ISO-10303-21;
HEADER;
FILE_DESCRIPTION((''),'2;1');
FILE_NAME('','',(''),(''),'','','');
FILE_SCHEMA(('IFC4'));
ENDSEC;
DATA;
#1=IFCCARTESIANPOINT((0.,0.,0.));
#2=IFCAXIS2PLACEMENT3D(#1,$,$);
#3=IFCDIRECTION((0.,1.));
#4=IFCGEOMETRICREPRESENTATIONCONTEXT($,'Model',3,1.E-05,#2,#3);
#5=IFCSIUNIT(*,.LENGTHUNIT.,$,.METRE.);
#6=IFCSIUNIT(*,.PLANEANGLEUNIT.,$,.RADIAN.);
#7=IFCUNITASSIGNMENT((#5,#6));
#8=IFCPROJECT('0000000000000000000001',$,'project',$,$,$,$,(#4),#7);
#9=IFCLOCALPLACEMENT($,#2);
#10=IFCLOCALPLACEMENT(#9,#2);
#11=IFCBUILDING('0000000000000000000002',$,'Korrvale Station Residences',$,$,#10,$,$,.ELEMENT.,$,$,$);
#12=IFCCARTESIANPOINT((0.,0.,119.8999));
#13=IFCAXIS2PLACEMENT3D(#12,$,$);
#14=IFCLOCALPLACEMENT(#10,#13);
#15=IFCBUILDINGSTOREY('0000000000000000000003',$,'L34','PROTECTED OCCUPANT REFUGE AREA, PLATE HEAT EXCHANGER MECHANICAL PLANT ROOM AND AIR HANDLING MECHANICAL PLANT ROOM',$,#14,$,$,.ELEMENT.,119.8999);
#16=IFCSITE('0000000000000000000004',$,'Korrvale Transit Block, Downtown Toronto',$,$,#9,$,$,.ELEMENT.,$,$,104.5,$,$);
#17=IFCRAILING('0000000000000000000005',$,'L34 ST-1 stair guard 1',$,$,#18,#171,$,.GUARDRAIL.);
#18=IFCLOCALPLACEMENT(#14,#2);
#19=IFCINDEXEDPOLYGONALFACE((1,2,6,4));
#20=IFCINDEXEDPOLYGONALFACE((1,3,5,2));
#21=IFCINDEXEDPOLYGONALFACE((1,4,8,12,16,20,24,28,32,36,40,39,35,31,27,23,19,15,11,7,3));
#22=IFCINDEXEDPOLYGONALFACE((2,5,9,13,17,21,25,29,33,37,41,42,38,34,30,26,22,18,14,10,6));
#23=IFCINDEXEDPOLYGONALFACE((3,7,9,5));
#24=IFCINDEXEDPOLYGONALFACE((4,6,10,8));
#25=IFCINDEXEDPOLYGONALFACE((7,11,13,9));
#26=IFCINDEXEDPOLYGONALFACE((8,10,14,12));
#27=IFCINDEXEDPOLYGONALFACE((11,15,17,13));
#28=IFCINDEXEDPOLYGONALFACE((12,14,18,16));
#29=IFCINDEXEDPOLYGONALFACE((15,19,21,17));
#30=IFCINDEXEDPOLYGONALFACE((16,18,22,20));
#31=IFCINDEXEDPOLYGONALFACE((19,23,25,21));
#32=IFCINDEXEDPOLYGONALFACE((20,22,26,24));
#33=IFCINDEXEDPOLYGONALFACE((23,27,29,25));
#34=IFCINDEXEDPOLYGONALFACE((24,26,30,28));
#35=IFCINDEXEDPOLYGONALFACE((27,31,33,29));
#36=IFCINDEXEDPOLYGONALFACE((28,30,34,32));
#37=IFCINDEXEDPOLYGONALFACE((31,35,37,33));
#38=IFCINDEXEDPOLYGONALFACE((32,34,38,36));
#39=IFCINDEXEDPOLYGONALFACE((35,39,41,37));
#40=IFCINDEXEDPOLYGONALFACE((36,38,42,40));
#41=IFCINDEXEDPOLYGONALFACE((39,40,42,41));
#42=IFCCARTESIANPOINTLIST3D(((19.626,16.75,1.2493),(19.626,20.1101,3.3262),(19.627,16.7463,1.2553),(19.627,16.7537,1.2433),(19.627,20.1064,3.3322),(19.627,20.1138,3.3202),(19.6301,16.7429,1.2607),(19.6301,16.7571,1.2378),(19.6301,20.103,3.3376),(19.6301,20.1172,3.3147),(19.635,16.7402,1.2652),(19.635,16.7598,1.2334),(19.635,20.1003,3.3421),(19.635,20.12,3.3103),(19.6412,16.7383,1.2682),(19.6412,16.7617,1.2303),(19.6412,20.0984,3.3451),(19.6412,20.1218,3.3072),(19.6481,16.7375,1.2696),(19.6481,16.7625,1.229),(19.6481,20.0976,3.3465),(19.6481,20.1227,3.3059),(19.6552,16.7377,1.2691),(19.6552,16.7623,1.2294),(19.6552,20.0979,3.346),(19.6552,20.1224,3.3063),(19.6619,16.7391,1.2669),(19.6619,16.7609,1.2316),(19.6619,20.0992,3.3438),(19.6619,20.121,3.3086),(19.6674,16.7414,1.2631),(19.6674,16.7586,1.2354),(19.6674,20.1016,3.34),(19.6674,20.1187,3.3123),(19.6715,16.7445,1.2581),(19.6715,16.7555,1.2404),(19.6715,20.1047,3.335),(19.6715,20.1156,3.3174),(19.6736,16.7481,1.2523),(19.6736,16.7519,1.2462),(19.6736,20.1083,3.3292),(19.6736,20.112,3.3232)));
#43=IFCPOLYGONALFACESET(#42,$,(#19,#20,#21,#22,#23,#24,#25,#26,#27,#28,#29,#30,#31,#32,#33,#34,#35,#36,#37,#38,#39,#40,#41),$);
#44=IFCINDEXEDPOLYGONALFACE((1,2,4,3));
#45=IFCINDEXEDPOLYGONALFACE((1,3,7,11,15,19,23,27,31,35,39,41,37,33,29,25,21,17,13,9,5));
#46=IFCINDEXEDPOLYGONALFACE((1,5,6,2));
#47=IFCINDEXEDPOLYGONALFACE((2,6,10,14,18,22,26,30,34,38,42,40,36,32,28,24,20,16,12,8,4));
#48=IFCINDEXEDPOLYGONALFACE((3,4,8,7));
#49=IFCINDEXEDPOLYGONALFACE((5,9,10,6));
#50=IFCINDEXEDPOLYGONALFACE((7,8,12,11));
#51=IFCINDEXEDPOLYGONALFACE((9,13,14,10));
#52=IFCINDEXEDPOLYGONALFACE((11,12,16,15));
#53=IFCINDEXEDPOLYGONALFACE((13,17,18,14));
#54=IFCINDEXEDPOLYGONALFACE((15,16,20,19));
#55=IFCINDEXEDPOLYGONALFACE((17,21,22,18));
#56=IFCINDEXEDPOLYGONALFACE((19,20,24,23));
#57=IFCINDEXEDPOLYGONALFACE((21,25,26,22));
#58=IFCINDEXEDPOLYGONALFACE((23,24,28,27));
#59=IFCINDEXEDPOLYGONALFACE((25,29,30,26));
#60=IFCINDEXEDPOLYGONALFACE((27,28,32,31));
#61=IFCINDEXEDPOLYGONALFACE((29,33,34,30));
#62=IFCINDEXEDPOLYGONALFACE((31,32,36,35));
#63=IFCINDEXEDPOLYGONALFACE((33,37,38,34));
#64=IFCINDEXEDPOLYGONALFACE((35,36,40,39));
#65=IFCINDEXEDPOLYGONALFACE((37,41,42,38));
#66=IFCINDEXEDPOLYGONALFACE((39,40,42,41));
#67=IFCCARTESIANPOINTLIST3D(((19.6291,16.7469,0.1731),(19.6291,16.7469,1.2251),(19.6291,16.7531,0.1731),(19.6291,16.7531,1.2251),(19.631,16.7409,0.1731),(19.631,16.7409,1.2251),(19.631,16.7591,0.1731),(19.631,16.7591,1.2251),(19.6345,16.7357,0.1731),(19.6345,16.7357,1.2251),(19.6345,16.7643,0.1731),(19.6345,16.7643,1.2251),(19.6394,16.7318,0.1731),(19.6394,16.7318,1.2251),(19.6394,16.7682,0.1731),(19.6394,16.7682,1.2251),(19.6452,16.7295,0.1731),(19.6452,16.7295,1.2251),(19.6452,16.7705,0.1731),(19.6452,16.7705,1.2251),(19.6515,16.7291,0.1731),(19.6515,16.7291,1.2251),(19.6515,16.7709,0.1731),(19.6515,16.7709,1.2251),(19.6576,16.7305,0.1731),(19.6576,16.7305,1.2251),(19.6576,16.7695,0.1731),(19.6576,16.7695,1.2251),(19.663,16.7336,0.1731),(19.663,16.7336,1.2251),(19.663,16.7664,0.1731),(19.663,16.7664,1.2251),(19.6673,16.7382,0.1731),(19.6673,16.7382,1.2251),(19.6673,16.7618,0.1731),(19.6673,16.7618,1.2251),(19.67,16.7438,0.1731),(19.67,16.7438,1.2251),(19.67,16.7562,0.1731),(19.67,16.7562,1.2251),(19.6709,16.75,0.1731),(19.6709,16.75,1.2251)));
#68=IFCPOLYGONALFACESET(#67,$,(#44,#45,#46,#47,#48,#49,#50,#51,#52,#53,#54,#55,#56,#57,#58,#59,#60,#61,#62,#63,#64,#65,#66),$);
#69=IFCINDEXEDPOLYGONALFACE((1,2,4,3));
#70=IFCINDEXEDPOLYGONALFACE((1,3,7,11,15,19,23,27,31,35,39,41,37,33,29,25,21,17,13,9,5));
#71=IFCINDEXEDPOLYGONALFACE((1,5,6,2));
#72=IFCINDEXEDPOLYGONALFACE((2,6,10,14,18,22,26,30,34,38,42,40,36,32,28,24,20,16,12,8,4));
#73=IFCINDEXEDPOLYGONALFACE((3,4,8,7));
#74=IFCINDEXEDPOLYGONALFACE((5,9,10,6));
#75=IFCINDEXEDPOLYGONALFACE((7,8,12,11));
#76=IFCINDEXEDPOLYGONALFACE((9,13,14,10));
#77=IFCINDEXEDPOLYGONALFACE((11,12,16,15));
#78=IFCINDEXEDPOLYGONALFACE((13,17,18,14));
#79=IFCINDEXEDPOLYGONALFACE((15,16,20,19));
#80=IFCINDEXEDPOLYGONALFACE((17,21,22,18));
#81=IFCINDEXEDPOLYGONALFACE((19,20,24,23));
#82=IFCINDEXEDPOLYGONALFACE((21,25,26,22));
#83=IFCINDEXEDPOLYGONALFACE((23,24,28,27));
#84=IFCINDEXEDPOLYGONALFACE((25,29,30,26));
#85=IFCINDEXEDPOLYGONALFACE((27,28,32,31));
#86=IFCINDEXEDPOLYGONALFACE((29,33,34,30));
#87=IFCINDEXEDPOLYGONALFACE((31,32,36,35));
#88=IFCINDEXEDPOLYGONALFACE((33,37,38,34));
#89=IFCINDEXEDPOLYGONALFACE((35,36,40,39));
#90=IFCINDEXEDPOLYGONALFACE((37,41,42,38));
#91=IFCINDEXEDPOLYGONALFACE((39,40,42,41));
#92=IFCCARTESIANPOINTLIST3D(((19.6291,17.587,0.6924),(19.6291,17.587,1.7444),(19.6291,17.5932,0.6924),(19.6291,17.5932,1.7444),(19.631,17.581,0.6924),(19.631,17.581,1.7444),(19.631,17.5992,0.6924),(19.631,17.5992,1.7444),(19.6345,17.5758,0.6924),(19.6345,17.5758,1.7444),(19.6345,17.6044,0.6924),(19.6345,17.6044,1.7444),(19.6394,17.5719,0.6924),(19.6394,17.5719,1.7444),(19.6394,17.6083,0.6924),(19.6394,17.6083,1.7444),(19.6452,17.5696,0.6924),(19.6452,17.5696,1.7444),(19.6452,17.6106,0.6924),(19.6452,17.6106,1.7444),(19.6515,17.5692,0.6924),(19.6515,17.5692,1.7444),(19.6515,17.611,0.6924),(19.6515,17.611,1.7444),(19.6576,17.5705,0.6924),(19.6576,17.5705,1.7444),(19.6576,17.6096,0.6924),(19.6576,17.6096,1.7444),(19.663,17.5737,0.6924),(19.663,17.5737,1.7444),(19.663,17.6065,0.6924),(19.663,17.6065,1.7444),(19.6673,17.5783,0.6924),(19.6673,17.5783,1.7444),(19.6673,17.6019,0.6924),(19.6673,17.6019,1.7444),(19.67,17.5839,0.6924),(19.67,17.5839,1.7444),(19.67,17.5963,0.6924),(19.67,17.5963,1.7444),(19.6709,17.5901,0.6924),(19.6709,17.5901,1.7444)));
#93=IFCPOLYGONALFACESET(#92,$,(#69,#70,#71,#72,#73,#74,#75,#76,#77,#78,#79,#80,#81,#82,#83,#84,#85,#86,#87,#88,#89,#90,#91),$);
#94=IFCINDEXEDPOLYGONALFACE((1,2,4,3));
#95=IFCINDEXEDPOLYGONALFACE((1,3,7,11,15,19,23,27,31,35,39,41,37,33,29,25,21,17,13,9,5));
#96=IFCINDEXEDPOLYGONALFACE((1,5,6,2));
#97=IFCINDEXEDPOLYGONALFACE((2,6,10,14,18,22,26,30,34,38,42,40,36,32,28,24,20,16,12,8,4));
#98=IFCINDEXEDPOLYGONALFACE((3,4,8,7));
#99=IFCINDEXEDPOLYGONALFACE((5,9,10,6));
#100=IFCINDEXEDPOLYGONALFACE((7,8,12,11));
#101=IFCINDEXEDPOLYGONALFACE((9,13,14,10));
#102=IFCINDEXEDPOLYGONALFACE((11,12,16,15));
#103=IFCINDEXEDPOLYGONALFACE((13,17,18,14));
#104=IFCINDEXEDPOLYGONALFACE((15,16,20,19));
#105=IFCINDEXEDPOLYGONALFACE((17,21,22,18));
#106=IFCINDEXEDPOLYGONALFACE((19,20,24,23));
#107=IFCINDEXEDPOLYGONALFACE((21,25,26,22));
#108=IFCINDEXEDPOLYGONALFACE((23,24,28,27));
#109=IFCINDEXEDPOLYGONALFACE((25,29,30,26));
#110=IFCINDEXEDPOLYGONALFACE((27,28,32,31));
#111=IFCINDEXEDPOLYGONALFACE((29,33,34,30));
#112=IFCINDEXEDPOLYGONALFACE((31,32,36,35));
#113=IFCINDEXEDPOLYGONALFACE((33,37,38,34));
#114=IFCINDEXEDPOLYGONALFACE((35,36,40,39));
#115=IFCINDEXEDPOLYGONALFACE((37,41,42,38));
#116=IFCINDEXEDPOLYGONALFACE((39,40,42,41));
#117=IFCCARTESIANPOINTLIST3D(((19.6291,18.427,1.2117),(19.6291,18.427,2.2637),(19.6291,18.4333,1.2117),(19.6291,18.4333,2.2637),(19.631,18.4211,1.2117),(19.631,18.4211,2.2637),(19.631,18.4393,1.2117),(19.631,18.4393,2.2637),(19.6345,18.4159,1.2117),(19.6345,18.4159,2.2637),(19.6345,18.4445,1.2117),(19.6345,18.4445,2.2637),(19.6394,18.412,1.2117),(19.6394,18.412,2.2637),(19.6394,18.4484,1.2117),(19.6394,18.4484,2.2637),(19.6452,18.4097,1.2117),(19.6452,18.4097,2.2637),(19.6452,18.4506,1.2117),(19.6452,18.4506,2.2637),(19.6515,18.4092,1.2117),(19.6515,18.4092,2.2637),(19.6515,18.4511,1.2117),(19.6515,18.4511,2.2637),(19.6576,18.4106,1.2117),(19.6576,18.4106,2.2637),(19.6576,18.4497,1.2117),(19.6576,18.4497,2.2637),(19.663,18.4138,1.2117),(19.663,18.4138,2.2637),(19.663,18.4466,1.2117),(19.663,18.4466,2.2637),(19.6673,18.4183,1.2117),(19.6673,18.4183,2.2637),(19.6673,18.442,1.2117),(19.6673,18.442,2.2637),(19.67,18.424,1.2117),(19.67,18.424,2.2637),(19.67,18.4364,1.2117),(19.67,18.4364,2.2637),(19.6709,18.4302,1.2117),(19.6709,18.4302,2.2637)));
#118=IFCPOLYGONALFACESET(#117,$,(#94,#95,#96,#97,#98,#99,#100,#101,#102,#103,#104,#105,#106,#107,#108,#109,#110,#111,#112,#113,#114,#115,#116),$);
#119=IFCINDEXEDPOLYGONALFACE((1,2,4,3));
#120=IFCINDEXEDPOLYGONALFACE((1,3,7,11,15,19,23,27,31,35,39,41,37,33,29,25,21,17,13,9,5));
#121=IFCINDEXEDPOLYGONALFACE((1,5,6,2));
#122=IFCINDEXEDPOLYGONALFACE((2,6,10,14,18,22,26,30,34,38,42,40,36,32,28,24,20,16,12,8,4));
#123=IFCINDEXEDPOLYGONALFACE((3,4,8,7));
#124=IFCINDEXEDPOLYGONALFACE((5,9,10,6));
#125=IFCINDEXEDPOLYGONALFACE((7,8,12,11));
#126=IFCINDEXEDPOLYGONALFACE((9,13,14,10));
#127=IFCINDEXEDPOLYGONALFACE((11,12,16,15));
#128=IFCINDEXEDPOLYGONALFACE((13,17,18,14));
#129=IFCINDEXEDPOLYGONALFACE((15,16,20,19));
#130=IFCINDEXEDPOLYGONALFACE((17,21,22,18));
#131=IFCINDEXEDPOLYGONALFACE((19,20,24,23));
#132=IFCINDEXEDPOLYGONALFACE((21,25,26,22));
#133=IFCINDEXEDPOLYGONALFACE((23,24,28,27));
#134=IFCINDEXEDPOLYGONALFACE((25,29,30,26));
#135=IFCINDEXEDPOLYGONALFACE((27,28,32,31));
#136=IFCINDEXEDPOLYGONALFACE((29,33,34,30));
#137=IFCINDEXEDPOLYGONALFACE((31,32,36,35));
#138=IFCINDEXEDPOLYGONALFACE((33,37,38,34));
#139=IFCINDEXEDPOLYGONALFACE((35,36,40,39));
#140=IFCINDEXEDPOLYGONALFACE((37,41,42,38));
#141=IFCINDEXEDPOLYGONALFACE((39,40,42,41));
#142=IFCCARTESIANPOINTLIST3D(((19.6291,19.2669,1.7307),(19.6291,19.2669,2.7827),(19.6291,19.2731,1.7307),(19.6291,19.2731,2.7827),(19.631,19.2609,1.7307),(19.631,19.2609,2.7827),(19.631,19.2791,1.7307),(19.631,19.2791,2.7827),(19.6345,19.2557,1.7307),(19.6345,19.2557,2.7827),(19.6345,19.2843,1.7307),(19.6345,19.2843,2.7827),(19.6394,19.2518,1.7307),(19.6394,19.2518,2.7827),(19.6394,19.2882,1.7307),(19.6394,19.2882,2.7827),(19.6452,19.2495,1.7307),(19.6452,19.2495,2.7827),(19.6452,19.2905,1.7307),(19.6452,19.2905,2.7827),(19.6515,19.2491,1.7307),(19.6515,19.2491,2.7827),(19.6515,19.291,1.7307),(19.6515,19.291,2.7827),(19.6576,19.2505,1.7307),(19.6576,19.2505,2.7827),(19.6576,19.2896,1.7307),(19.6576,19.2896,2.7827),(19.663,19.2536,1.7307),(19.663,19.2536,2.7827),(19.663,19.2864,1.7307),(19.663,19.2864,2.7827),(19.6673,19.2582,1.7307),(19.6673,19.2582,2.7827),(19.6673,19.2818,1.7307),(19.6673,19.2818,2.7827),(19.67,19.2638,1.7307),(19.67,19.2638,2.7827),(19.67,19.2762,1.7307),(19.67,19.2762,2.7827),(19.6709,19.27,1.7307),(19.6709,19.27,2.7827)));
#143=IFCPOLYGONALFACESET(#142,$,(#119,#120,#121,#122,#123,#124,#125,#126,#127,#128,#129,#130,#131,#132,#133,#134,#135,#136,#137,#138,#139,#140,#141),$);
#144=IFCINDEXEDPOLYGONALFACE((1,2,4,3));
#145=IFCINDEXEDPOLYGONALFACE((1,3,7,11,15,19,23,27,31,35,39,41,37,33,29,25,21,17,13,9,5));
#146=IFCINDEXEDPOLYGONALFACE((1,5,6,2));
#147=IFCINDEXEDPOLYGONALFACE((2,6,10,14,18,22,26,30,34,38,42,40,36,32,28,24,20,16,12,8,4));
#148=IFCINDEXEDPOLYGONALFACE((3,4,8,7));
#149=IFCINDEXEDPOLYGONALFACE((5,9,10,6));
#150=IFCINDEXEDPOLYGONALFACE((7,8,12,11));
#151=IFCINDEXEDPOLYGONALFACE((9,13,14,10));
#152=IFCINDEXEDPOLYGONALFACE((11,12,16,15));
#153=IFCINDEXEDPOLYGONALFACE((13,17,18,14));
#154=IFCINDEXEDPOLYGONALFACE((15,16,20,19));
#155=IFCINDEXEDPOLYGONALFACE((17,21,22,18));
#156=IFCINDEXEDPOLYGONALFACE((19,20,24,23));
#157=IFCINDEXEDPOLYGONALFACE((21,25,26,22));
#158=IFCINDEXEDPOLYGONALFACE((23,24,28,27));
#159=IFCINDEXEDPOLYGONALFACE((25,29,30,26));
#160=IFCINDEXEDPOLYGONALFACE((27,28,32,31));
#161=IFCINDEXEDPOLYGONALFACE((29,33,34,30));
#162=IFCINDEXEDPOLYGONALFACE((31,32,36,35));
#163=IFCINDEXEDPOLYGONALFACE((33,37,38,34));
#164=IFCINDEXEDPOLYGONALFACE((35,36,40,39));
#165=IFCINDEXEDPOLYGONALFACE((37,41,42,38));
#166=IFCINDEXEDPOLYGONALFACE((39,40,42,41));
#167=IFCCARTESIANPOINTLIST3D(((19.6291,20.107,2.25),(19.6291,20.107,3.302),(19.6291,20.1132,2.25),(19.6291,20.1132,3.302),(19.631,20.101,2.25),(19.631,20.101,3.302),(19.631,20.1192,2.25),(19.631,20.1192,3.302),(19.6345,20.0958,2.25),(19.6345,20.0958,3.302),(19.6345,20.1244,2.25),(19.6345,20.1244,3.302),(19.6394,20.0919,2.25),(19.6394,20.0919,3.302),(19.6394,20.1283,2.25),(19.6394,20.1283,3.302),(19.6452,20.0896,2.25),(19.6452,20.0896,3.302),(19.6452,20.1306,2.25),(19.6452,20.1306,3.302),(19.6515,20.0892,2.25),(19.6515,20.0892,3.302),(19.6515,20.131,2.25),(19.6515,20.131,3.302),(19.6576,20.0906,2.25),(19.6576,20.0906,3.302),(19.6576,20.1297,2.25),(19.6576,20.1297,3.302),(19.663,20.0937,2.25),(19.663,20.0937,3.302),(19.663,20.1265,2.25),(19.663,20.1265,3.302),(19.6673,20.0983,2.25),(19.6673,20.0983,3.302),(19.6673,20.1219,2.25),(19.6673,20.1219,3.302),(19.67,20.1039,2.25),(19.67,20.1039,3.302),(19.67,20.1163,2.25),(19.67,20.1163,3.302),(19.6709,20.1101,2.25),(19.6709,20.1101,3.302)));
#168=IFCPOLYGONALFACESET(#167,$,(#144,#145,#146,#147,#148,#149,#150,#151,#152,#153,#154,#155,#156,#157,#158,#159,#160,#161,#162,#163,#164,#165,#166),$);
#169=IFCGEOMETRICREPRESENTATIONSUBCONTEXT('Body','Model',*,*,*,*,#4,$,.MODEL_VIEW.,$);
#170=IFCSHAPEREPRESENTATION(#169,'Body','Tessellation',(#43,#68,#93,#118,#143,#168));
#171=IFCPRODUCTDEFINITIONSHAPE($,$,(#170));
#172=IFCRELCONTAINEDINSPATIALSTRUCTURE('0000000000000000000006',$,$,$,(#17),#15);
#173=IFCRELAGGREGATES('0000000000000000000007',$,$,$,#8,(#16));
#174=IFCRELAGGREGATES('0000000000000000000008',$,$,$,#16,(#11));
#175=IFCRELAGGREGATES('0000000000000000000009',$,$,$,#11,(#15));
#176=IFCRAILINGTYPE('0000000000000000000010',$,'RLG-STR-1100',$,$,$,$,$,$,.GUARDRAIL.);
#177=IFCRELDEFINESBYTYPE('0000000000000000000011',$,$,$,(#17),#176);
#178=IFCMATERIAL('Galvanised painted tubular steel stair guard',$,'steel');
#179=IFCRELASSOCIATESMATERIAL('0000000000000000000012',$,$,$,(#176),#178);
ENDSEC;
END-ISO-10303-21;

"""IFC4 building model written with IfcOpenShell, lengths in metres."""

from ifc_helpers import new_model, si_unit, direction, frame, origin, origin_2d, place, context, subcontext, project, spatial, circle, extrude, material, type_object, element, save


model = new_model("IFC4")

# Units and contexts
model_context = context("Model", 3, precision=1e-05, world=origin(), true_north=direction((0.0, 1.0)))
body_context = subcontext(model_context, "Body", "Model", "MODEL_VIEW")
ifc_project = project(units=[si_unit("LENGTHUNIT", "METRE"), si_unit("PLANEANGLEUNIT", "RADIAN")], contexts=[model_context])

# Site, building, storey
site_placement = place(None, origin())
site = spatial("IfcSite", under=ifc_project, at=site_placement, Name="Korrvale Transit Block, Downtown Toronto", CompositionType="ELEMENT", RefElevation=104.5)
building_placement = place(site_placement, origin())
building = spatial("IfcBuilding", under=site, at=building_placement, Name="Korrvale Station Residences", CompositionType="ELEMENT")
storey_placement = place(building_placement, frame((0.0, 0.0, 119.8999)))
storey = spatial("IfcBuildingStorey", under=building, at=storey_placement, Name="L34", Description="PROTECTED OCCUPANT REFUGE AREA, PLATE HEAT EXCHANGER MECHANICAL PLANT ROOM AND AIR HANDLING MECHANICAL PLANT ROOM", CompositionType="ELEMENT", Elevation=119.8999)

# Railing
ifc_material_1 = material(Name="Galvanised painted tubular steel stair guard", Category="steel")
railing_type_1 = type_object("IfcRailingType", Name="RLG-STR-1100", PredefinedType="GUARDRAIL", material=ifc_material_1)
railing_1_placement = place(storey_placement, frame((19.6499, 16.75, 0.1731)))
element("IfcRailing", 1, at=railing_1_placement, inside=storey, type_object=railing_type_1, Name="L34 ST-1 stair guard 1", PredefinedType="GUARDRAIL", context=body_context, shape_type="SweptSolid", body=[
    extrude(circle(Radius=0.0239, at=origin_2d()), frame((0.0, 0.0, 1.0762), z_axis=(0.0, 0.850623, 0.525776), x_axis=(-1.0, 0.0, 0.0)), (0.0, 0.0, 1.0), 3.9502),
    extrude(circle(Radius=0.021, at=origin_2d()), origin(), (0.0, 0.0, 1.0), 1.052),
    extrude(circle(Radius=0.021, at=origin_2d()), frame((0.0, 0.8401, 0.5193)), (0.0, 0.0, 1.0), 1.052),
    extrude(circle(Radius=0.021, at=origin_2d()), frame((0.0, 1.6802, 1.0386)), (0.0, 0.0, 1.0), 1.052),
    extrude(circle(Radius=0.021, at=origin_2d()), frame((0.0, 2.52, 1.5576)), (0.0, 0.0, 1.0), 1.052),
    extrude(circle(Radius=0.021, at=origin_2d()), frame((0.0, 3.3601, 2.0769)), (0.0, 0.0, 1.0), 1.052),
])

save(model, "model.ifc")
